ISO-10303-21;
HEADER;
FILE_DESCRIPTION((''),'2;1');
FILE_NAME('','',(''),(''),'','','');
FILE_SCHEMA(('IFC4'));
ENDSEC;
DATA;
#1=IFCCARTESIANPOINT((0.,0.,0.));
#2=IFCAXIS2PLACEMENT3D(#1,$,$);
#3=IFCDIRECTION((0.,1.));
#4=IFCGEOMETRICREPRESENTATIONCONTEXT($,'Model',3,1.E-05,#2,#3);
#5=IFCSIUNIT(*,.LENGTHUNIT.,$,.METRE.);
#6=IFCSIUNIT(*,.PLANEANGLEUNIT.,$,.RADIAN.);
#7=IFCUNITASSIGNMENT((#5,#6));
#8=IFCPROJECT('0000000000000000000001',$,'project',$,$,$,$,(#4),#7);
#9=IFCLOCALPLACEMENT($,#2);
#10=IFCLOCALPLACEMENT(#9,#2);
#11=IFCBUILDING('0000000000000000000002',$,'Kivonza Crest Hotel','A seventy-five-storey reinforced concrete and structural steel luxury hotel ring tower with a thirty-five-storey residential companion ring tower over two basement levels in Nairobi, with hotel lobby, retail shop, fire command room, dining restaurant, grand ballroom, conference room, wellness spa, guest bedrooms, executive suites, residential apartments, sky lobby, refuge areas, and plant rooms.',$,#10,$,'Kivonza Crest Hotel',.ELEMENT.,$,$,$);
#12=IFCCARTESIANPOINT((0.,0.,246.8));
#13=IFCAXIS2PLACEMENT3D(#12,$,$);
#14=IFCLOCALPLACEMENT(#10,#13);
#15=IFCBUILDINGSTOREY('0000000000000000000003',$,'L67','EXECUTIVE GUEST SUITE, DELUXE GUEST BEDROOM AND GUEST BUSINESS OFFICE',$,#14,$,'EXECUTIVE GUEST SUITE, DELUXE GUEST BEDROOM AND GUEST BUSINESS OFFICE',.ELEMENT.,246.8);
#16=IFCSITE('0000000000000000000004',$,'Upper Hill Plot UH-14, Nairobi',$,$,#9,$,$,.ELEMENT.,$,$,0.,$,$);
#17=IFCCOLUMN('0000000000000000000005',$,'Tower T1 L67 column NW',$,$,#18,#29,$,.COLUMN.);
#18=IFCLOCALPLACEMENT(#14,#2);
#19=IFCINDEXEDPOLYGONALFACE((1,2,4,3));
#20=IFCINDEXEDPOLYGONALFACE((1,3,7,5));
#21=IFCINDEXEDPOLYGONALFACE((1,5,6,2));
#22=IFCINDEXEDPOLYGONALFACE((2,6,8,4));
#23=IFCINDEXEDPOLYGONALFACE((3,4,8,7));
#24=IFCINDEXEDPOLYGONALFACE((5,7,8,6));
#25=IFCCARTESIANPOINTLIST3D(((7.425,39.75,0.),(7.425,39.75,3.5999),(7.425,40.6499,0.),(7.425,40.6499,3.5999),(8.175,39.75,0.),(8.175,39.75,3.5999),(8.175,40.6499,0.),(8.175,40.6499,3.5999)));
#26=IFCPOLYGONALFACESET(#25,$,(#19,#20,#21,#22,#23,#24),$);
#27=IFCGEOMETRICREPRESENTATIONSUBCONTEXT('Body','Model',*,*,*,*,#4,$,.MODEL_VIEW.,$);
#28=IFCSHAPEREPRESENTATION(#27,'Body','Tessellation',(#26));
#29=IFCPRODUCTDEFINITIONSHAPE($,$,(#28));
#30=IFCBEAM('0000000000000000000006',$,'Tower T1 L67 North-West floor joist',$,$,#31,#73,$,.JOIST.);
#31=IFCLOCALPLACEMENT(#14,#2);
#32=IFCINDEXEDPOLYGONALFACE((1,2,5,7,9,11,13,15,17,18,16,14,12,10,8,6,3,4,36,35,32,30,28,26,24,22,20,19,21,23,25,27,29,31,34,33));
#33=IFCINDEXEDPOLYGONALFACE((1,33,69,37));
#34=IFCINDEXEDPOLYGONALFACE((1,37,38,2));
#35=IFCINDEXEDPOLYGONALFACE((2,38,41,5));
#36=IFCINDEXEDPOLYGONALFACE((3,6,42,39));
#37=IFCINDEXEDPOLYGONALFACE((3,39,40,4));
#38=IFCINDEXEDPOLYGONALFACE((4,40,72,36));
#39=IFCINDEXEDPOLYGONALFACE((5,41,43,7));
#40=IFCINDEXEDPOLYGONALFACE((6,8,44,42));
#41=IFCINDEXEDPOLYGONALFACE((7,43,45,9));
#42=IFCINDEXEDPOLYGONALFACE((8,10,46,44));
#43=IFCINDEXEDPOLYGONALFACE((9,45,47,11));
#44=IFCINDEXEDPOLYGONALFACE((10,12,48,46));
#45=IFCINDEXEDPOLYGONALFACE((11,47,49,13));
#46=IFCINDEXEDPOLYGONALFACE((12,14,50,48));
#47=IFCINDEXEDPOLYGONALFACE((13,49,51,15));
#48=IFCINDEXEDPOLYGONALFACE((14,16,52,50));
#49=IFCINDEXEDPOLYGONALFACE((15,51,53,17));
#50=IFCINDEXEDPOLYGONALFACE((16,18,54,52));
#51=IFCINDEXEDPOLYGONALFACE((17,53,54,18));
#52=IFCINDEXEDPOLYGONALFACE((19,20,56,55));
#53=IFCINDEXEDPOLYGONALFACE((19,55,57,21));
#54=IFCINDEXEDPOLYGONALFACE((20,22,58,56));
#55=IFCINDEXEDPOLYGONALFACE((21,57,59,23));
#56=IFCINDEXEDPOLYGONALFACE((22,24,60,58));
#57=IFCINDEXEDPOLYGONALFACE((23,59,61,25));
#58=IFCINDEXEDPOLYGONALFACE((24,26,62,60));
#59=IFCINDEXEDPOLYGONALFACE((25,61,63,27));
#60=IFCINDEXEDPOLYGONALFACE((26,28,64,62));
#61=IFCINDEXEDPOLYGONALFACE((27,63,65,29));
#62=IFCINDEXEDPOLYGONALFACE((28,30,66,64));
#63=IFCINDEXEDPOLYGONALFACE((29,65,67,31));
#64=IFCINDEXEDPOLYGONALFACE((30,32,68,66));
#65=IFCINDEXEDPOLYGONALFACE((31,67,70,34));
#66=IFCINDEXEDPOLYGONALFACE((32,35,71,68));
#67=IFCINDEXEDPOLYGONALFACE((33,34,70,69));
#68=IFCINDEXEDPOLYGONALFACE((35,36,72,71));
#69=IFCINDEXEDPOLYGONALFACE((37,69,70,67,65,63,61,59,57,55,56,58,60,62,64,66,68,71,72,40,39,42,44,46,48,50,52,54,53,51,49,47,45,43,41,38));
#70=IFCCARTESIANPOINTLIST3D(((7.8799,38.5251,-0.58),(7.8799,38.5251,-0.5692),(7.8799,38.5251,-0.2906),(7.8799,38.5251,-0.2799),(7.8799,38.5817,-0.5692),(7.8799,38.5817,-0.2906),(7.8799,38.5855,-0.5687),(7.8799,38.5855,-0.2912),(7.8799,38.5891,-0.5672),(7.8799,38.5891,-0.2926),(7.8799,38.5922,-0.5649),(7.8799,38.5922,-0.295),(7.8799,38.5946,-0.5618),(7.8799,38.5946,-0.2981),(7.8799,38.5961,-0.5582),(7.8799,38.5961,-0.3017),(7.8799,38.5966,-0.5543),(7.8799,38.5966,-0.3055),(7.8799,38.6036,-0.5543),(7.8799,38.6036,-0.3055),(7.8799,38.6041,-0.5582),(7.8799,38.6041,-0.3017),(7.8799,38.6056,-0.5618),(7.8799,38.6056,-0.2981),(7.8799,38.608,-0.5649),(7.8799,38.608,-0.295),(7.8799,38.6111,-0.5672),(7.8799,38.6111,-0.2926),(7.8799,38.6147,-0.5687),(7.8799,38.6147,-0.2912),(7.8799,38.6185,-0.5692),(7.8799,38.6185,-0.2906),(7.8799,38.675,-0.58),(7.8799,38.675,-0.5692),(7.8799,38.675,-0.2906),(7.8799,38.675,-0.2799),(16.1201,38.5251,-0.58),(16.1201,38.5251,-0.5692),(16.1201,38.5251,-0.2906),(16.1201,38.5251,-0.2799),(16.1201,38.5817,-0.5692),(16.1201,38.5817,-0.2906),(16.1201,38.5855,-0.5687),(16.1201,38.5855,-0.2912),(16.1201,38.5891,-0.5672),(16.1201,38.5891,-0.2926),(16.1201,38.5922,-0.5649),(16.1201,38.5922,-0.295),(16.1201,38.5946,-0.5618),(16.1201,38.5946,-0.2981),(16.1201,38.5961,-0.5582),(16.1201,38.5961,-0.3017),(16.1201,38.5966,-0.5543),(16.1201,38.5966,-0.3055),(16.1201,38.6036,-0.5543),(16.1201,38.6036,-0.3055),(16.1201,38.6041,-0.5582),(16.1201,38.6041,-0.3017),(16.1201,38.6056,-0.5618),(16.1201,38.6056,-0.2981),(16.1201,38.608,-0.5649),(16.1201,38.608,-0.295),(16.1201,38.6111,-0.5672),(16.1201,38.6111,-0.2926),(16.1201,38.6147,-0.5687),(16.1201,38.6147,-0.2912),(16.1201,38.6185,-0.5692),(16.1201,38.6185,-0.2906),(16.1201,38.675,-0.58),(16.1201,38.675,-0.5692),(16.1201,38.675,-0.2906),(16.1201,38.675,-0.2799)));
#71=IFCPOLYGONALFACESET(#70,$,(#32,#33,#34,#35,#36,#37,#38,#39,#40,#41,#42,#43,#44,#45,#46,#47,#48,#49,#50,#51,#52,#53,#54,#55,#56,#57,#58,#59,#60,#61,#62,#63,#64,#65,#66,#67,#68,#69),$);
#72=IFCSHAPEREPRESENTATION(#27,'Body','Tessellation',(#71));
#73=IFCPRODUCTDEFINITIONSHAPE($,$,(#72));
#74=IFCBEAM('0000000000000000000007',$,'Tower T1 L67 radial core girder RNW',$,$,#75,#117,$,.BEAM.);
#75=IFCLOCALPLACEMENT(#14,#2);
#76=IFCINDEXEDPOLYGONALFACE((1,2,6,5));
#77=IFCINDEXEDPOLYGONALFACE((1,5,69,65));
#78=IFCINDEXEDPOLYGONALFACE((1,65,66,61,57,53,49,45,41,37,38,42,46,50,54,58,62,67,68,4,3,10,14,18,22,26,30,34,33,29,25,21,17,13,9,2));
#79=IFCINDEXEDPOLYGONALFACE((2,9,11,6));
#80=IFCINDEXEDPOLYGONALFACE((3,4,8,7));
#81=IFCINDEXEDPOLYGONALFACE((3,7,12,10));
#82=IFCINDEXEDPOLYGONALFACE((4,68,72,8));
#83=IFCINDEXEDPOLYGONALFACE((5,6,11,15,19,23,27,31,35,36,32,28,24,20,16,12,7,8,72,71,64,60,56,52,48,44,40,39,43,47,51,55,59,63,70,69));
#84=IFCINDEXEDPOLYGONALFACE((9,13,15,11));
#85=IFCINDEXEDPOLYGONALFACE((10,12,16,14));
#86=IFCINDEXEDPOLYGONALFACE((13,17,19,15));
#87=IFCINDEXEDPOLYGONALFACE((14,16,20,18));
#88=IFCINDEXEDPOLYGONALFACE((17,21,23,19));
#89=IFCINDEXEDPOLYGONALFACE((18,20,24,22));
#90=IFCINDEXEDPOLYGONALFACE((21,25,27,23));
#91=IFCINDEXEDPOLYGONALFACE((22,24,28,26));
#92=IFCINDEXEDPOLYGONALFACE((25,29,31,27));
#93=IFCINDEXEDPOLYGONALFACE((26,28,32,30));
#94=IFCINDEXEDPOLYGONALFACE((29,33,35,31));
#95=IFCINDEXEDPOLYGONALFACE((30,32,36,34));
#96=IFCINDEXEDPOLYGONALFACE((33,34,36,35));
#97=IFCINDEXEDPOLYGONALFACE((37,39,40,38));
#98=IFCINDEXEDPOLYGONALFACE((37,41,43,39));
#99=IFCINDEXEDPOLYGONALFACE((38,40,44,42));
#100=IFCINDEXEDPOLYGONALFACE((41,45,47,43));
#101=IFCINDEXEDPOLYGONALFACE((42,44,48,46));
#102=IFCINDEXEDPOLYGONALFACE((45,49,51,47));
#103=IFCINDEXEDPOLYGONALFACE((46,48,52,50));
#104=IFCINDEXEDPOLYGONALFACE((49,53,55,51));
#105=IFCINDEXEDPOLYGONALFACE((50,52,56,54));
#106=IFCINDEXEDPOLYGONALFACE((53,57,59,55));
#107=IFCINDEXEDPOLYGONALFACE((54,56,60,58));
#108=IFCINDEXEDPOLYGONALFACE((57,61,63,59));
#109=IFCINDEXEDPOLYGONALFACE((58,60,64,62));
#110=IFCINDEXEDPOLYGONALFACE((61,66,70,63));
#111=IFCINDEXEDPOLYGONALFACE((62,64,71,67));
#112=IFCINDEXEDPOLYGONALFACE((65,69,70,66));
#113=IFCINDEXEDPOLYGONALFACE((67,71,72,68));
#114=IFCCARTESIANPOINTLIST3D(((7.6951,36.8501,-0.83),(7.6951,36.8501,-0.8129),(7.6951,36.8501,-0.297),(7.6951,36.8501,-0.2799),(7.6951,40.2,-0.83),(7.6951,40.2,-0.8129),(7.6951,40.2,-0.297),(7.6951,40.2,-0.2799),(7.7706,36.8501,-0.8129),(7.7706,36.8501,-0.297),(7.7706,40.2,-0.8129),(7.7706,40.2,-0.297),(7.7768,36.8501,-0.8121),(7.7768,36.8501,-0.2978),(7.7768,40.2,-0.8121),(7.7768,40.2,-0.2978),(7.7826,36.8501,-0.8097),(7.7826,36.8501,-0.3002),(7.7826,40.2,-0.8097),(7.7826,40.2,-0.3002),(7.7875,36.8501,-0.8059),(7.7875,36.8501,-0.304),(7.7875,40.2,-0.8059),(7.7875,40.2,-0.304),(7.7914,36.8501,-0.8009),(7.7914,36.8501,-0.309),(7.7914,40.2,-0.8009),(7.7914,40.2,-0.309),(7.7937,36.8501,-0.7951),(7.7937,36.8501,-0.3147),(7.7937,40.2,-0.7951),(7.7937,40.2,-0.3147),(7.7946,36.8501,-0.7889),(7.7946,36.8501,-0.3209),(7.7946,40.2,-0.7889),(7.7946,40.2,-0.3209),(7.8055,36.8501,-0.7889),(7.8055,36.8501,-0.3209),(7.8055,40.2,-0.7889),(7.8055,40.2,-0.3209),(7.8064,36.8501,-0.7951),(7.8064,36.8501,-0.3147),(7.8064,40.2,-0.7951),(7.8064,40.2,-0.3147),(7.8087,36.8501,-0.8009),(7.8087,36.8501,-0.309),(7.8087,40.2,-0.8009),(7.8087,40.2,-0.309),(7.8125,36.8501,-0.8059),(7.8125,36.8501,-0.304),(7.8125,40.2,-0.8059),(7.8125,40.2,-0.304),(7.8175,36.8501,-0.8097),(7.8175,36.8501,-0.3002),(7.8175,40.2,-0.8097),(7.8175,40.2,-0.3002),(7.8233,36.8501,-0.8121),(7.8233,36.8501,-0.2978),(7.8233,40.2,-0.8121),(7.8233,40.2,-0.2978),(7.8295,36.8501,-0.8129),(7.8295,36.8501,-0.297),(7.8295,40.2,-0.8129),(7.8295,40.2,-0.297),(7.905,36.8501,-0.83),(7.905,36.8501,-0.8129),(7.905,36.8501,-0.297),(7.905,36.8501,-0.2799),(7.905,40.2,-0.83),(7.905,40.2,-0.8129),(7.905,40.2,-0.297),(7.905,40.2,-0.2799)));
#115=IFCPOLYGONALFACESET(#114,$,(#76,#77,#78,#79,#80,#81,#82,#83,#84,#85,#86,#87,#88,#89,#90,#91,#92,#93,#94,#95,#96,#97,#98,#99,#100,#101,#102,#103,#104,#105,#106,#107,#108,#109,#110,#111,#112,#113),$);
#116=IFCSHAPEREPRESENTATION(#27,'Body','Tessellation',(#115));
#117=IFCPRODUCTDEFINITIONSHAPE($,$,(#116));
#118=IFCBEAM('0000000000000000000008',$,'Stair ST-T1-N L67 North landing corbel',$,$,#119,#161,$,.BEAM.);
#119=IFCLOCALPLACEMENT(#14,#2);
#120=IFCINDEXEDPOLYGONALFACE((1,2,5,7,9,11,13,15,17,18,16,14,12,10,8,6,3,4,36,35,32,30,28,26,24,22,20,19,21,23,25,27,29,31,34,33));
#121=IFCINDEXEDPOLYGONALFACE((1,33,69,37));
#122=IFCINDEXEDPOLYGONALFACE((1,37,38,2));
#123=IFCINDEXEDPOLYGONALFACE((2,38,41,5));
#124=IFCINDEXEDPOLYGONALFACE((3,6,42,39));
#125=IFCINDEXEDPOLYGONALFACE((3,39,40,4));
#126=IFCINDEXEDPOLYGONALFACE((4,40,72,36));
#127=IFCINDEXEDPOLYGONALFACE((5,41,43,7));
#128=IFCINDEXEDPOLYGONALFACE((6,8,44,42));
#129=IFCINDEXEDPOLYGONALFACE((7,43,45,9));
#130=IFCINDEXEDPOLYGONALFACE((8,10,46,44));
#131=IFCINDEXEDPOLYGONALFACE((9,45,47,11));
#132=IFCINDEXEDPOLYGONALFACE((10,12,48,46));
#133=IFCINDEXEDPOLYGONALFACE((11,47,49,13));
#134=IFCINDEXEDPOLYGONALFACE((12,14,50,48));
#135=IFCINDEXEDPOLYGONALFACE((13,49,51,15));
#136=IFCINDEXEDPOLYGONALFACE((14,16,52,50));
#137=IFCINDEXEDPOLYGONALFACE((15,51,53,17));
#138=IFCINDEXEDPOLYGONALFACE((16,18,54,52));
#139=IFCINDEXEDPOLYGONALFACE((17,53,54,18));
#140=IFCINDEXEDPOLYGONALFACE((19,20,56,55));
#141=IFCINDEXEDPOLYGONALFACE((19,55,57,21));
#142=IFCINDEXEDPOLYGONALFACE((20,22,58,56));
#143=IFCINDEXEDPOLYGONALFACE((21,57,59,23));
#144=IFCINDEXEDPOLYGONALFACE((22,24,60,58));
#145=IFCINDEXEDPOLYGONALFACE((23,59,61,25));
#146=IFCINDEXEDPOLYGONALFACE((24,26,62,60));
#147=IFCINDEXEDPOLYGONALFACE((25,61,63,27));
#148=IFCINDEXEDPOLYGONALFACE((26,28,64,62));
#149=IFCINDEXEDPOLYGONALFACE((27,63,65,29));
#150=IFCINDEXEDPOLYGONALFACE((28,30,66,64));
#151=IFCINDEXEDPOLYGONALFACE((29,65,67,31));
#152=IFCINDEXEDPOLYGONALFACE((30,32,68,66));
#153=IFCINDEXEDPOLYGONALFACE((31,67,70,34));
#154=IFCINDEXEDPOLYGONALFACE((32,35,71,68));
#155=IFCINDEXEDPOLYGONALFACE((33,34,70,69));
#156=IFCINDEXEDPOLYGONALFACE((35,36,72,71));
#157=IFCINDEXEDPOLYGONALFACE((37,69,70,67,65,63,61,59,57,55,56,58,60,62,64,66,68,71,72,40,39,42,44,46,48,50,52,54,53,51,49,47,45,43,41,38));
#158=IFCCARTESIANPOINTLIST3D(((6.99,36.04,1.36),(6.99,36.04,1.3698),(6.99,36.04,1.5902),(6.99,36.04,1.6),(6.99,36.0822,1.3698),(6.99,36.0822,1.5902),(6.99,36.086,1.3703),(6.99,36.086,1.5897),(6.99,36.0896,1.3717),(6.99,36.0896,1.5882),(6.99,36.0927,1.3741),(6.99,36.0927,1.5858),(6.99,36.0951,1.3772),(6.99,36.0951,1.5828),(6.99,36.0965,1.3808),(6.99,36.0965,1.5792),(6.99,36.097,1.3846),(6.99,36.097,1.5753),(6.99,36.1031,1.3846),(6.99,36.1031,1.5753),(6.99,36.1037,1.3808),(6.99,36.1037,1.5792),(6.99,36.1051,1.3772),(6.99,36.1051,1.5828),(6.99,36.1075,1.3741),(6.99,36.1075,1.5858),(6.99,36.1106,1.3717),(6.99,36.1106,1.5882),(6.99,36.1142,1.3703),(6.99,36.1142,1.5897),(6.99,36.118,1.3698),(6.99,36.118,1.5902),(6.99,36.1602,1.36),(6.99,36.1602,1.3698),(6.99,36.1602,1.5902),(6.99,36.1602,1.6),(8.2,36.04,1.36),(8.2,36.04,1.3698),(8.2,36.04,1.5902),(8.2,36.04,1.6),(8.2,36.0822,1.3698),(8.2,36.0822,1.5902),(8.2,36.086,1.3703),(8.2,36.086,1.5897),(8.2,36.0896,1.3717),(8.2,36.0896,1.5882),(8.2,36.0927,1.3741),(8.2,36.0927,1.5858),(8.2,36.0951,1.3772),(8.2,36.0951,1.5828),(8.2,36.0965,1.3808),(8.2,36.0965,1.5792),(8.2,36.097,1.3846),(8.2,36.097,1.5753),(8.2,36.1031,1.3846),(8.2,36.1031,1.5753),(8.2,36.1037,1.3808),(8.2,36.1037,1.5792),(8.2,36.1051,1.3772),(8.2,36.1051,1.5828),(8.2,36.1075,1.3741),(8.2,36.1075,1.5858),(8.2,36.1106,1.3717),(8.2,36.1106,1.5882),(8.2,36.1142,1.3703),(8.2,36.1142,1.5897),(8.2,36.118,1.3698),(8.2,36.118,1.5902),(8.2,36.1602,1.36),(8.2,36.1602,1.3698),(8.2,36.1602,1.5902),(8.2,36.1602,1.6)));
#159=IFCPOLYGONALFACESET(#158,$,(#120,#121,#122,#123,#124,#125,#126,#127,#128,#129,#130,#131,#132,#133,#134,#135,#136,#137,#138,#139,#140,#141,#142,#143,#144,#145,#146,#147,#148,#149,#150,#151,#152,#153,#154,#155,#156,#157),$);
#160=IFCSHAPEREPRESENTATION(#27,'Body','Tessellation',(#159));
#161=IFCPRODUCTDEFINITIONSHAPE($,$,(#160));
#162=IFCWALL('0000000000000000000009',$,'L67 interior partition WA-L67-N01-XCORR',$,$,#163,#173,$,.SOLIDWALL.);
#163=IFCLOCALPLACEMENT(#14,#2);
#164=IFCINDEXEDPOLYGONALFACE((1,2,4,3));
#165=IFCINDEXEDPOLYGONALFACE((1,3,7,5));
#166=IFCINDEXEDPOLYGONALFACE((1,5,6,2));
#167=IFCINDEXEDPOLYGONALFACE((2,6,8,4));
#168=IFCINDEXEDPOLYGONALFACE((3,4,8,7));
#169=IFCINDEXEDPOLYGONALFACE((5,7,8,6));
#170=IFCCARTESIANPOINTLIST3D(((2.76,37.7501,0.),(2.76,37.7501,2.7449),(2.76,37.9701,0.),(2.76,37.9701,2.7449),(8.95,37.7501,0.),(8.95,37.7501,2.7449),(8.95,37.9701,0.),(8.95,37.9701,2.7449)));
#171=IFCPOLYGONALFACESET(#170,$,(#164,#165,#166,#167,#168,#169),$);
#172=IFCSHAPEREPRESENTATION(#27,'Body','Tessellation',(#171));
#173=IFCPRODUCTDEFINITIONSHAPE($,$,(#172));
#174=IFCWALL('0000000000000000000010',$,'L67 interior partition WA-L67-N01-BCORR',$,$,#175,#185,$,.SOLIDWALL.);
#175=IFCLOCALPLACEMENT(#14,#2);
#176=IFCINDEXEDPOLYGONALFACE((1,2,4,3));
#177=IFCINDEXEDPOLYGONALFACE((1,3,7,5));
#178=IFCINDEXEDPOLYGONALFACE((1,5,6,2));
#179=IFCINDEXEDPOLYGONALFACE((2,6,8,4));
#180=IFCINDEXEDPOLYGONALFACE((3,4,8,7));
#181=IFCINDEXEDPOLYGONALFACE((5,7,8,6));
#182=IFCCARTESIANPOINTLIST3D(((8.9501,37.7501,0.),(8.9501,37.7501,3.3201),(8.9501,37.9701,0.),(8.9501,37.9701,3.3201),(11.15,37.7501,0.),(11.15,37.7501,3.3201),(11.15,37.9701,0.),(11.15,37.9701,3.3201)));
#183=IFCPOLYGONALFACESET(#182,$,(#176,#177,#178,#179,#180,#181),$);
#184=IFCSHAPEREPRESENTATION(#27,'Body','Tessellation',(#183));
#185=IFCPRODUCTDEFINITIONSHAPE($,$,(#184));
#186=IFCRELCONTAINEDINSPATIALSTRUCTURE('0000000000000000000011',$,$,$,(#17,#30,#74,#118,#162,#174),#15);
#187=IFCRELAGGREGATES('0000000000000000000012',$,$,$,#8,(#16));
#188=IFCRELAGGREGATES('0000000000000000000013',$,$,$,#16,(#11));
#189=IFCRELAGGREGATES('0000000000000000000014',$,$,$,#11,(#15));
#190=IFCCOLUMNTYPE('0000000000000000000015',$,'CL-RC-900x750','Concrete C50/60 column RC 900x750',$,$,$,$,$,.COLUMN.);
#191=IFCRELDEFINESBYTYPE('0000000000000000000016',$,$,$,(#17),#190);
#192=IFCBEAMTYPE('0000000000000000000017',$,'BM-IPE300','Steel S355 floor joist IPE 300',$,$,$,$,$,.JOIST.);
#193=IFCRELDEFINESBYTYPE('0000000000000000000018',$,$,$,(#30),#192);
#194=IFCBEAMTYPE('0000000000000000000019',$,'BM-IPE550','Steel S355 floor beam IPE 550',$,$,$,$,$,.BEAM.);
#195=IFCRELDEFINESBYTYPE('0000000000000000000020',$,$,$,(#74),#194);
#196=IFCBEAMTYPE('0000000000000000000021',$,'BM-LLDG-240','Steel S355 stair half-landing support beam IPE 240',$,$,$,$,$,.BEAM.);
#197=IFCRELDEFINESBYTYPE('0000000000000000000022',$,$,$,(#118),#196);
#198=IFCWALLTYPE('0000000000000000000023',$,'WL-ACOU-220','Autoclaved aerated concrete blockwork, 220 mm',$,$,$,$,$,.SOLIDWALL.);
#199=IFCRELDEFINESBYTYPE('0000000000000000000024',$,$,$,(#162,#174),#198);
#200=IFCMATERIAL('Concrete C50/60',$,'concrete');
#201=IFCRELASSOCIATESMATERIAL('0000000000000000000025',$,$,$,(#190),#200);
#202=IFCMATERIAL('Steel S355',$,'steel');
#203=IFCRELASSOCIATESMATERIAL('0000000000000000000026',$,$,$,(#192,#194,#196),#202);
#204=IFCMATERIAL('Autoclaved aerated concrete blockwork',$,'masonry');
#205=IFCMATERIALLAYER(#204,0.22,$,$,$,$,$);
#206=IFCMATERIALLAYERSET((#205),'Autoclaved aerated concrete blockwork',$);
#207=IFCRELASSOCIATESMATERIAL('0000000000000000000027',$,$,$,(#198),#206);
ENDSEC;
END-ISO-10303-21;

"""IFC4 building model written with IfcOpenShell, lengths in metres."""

from ifc_helpers import new_model, si_unit, direction, frame, frame_2d, origin, origin_2d, place, context, subcontext, project, spatial, rectangle, i_section, extrude, material, layer, layer_set, material_profile, profile_set, type_object, element, save


model = new_model("IFC4")

# Units and contexts
model_context = context("Model", 3, precision=1e-05, world=origin(), true_north=direction((0.0, 1.0)))
body_context = subcontext(model_context, "Body", "Model", "MODEL_VIEW")
ifc_project = project(units=[si_unit("LENGTHUNIT", "METRE"), si_unit("PLANEANGLEUNIT", "RADIAN")], contexts=[model_context])

# Site, building, storey
site_placement = place(None, origin())
site = spatial("IfcSite", under=ifc_project, at=site_placement, Name="Upper Hill Plot UH-14, Nairobi", CompositionType="ELEMENT", RefElevation=0.0)
building_placement = place(site_placement, origin())
building = spatial("IfcBuilding", under=site, at=building_placement, Name="Kivonza Crest Hotel", Description="A seventy-five-storey reinforced concrete and structural steel luxury hotel ring tower with a thirty-five-storey residential companion ring tower over two basement levels in Nairobi, with hotel lobby, retail shop, fire command room, dining restaurant, grand ballroom, conference room, wellness spa, guest bedrooms, executive suites, residential apartments, sky lobby, refuge areas, and plant rooms.", LongName="Kivonza Crest Hotel", CompositionType="ELEMENT")
storey_placement = place(building_placement, frame((0.0, 0.0, 246.8)))
storey = spatial("IfcBuildingStorey", under=building, at=storey_placement, Name="L67", Description="EXECUTIVE GUEST SUITE, DELUXE GUEST BEDROOM AND GUEST BUSINESS OFFICE", LongName="EXECUTIVE GUEST SUITE, DELUXE GUEST BEDROOM AND GUEST BUSINESS OFFICE", CompositionType="ELEMENT", Elevation=246.8)

# Column
ifc_material_1 = material(Name="Concrete C50/60", Category="concrete")
ifc_material_profile_1 = material_profile(ifc_material_1, rectangle(XDim=0.75, YDim=0.8999, at=origin_2d()), Name="RC 900x750")
ifc_profile_set_1 = profile_set([ifc_material_profile_1], Name="Concrete C50/60")
column_type = type_object("IfcColumnType", Name="CL-RC-900x750", Description="Concrete C50/60 column RC 900x750", PredefinedType="COLUMN", material=ifc_profile_set_1)
column_placement = place(storey_placement, frame((7.8, 40.2, 0.0), z_axis=(0.0, 0.0, 1.0), x_axis=(1.0, 0.0, 0.0)))
element("IfcColumn", 1, at=column_placement, inside=storey, type_object=column_type, Name="Tower T1 L67 column NW", PredefinedType="COLUMN", context=body_context, shape_type="SweptSolid", body=[
    extrude(rectangle(XDim=0.75, YDim=0.8999, at=origin_2d()), origin(), (0.0, 0.0, 1.0), 3.5999),
])

# Beams
ifc_material_2 = material(Name="Steel S355", Category="steel")
ifc_material_profile_2 = material_profile(ifc_material_2, i_section(OverallWidth=0.1499, OverallDepth=0.3, WebThickness=0.0071, FlangeThickness=0.0107, FilletRadius=0.0149, at=origin_2d()), Name="IPE 300")
ifc_profile_set_2 = profile_set([ifc_material_profile_2], Name="Steel S355")
beam_type_1 = type_object("IfcBeamType", Name="BM-IPE300", Description="Steel S355 floor joist IPE 300", PredefinedType="JOIST", material=ifc_profile_set_2)
beam_1_placement = place(storey_placement, frame((7.8799, 38.6001, -0.4299), z_axis=(1.0, 0.0, 0.0), x_axis=(0.0, 1.0, 0.0)))
element("IfcBeam", 2, at=beam_1_placement, inside=storey, type_object=beam_type_1, Name="Tower T1 L67 North-West floor joist", PredefinedType="JOIST", context=body_context, shape_type="SweptSolid", body=[
    extrude(i_section(OverallWidth=0.1499, OverallDepth=0.3, WebThickness=0.0071, FlangeThickness=0.0107, FilletRadius=0.0149, at=origin_2d()), origin(), (0.0, 0.0, 1.0), 8.2402),
])
ifc_material_profile_3 = material_profile(ifc_material_2, i_section(OverallWidth=0.21, OverallDepth=0.55, WebThickness=0.011, FlangeThickness=0.0171, FilletRadius=0.0239, at=origin_2d()), Name="IPE 550")
ifc_profile_set_3 = profile_set([ifc_material_profile_3], Name="Steel S355")
beam_type_2 = type_object("IfcBeamType", Name="BM-IPE550", Description="Steel S355 floor beam IPE 550", PredefinedType="BEAM", material=ifc_profile_set_3)
beam_2_placement = place(storey_placement, frame((7.8, 40.2, -0.5549), z_axis=(0.0, -1.0, 0.0), x_axis=(1.0, 0.0, 0.0)))
element("IfcBeam", 3, at=beam_2_placement, inside=storey, type_object=beam_type_2, Name="Tower T1 L67 radial core girder RNW", PredefinedType="BEAM", context=body_context, shape_type="SweptSolid", body=[
    extrude(i_section(OverallWidth=0.21, OverallDepth=0.55, WebThickness=0.011, FlangeThickness=0.0171, FilletRadius=0.0239, at=origin_2d()), origin(), (0.0, 0.0, 1.0), 3.3499),
])
ifc_material_profile_4 = material_profile(ifc_material_2, i_section(OverallWidth=0.1201, OverallDepth=0.24, WebThickness=0.0061, FlangeThickness=0.0098, FilletRadius=0.0149, at=origin_2d()), Name="IPE 240")
ifc_profile_set_4 = profile_set([ifc_material_profile_4], Name="Steel S355")
beam_type_3 = type_object("IfcBeamType", Name="BM-LLDG-240", Description="Steel S355 stair half-landing support beam IPE 240", PredefinedType="BEAM", material=ifc_profile_set_4)
beam_3_placement = place(storey_placement, frame((6.99, 36.1001, 1.48), z_axis=(1.0, 0.0, 0.0), x_axis=(0.0, 1.0, 0.0)))
element("IfcBeam", 4, at=beam_3_placement, inside=storey, type_object=beam_type_3, Name="Stair ST-T1-N L67 North landing corbel", PredefinedType="BEAM", context=body_context, shape_type="SweptSolid", body=[
    extrude(i_section(OverallWidth=0.1201, OverallDepth=0.24, WebThickness=0.0061, FlangeThickness=0.0098, FilletRadius=0.0149, at=origin_2d()), origin(), (0.0, 0.0, 1.0), 1.21),
])

# Walls
ifc_material_3 = material(Name="Autoclaved aerated concrete blockwork", Category="masonry")
ifc_layer_1 = layer(ifc_material_3, 0.22)
ifc_layer_set_1 = layer_set([ifc_layer_1], Name="Autoclaved aerated concrete blockwork")
wall_type_1 = type_object("IfcWallType", Name="WL-ACOU-220", Description="Autoclaved aerated concrete blockwork, 220 mm", PredefinedType="SOLIDWALL", material=ifc_layer_set_1)
wall_1_placement = place(storey_placement, frame((2.76, 37.8601, 0.0), z_axis=(0.0, 0.0, 1.0), x_axis=(1.0, 0.0, 0.0)))
element("IfcWall", 5, at=wall_1_placement, inside=storey, type_object=wall_type_1, Name="L67 interior partition WA-L67-N01-XCORR", PredefinedType="SOLIDWALL", context=body_context, shape_type="SweptSolid", body=[
    extrude(rectangle(XDim=6.1899, YDim=0.22, at=frame_2d((3.095, 0.0))), origin(), (0.0, 0.0, 1.0), 2.7449),
])
wall_2_placement = place(storey_placement, frame((8.95, 37.8601, 0.0), z_axis=(0.0, 0.0, 1.0), x_axis=(1.0, 0.0, 0.0)))
element("IfcWall", 6, at=wall_2_placement, inside=storey, type_object=wall_type_1, Name="L67 interior partition WA-L67-N01-BCORR", PredefinedType="SOLIDWALL", context=body_context, shape_type="SweptSolid", body=[
    extrude(rectangle(XDim=2.2, YDim=0.22, at=frame_2d((1.1001, 0.0))), origin(), (0.0, 0.0, 1.0), 3.3201),
])

save(model, "model.ifc")
